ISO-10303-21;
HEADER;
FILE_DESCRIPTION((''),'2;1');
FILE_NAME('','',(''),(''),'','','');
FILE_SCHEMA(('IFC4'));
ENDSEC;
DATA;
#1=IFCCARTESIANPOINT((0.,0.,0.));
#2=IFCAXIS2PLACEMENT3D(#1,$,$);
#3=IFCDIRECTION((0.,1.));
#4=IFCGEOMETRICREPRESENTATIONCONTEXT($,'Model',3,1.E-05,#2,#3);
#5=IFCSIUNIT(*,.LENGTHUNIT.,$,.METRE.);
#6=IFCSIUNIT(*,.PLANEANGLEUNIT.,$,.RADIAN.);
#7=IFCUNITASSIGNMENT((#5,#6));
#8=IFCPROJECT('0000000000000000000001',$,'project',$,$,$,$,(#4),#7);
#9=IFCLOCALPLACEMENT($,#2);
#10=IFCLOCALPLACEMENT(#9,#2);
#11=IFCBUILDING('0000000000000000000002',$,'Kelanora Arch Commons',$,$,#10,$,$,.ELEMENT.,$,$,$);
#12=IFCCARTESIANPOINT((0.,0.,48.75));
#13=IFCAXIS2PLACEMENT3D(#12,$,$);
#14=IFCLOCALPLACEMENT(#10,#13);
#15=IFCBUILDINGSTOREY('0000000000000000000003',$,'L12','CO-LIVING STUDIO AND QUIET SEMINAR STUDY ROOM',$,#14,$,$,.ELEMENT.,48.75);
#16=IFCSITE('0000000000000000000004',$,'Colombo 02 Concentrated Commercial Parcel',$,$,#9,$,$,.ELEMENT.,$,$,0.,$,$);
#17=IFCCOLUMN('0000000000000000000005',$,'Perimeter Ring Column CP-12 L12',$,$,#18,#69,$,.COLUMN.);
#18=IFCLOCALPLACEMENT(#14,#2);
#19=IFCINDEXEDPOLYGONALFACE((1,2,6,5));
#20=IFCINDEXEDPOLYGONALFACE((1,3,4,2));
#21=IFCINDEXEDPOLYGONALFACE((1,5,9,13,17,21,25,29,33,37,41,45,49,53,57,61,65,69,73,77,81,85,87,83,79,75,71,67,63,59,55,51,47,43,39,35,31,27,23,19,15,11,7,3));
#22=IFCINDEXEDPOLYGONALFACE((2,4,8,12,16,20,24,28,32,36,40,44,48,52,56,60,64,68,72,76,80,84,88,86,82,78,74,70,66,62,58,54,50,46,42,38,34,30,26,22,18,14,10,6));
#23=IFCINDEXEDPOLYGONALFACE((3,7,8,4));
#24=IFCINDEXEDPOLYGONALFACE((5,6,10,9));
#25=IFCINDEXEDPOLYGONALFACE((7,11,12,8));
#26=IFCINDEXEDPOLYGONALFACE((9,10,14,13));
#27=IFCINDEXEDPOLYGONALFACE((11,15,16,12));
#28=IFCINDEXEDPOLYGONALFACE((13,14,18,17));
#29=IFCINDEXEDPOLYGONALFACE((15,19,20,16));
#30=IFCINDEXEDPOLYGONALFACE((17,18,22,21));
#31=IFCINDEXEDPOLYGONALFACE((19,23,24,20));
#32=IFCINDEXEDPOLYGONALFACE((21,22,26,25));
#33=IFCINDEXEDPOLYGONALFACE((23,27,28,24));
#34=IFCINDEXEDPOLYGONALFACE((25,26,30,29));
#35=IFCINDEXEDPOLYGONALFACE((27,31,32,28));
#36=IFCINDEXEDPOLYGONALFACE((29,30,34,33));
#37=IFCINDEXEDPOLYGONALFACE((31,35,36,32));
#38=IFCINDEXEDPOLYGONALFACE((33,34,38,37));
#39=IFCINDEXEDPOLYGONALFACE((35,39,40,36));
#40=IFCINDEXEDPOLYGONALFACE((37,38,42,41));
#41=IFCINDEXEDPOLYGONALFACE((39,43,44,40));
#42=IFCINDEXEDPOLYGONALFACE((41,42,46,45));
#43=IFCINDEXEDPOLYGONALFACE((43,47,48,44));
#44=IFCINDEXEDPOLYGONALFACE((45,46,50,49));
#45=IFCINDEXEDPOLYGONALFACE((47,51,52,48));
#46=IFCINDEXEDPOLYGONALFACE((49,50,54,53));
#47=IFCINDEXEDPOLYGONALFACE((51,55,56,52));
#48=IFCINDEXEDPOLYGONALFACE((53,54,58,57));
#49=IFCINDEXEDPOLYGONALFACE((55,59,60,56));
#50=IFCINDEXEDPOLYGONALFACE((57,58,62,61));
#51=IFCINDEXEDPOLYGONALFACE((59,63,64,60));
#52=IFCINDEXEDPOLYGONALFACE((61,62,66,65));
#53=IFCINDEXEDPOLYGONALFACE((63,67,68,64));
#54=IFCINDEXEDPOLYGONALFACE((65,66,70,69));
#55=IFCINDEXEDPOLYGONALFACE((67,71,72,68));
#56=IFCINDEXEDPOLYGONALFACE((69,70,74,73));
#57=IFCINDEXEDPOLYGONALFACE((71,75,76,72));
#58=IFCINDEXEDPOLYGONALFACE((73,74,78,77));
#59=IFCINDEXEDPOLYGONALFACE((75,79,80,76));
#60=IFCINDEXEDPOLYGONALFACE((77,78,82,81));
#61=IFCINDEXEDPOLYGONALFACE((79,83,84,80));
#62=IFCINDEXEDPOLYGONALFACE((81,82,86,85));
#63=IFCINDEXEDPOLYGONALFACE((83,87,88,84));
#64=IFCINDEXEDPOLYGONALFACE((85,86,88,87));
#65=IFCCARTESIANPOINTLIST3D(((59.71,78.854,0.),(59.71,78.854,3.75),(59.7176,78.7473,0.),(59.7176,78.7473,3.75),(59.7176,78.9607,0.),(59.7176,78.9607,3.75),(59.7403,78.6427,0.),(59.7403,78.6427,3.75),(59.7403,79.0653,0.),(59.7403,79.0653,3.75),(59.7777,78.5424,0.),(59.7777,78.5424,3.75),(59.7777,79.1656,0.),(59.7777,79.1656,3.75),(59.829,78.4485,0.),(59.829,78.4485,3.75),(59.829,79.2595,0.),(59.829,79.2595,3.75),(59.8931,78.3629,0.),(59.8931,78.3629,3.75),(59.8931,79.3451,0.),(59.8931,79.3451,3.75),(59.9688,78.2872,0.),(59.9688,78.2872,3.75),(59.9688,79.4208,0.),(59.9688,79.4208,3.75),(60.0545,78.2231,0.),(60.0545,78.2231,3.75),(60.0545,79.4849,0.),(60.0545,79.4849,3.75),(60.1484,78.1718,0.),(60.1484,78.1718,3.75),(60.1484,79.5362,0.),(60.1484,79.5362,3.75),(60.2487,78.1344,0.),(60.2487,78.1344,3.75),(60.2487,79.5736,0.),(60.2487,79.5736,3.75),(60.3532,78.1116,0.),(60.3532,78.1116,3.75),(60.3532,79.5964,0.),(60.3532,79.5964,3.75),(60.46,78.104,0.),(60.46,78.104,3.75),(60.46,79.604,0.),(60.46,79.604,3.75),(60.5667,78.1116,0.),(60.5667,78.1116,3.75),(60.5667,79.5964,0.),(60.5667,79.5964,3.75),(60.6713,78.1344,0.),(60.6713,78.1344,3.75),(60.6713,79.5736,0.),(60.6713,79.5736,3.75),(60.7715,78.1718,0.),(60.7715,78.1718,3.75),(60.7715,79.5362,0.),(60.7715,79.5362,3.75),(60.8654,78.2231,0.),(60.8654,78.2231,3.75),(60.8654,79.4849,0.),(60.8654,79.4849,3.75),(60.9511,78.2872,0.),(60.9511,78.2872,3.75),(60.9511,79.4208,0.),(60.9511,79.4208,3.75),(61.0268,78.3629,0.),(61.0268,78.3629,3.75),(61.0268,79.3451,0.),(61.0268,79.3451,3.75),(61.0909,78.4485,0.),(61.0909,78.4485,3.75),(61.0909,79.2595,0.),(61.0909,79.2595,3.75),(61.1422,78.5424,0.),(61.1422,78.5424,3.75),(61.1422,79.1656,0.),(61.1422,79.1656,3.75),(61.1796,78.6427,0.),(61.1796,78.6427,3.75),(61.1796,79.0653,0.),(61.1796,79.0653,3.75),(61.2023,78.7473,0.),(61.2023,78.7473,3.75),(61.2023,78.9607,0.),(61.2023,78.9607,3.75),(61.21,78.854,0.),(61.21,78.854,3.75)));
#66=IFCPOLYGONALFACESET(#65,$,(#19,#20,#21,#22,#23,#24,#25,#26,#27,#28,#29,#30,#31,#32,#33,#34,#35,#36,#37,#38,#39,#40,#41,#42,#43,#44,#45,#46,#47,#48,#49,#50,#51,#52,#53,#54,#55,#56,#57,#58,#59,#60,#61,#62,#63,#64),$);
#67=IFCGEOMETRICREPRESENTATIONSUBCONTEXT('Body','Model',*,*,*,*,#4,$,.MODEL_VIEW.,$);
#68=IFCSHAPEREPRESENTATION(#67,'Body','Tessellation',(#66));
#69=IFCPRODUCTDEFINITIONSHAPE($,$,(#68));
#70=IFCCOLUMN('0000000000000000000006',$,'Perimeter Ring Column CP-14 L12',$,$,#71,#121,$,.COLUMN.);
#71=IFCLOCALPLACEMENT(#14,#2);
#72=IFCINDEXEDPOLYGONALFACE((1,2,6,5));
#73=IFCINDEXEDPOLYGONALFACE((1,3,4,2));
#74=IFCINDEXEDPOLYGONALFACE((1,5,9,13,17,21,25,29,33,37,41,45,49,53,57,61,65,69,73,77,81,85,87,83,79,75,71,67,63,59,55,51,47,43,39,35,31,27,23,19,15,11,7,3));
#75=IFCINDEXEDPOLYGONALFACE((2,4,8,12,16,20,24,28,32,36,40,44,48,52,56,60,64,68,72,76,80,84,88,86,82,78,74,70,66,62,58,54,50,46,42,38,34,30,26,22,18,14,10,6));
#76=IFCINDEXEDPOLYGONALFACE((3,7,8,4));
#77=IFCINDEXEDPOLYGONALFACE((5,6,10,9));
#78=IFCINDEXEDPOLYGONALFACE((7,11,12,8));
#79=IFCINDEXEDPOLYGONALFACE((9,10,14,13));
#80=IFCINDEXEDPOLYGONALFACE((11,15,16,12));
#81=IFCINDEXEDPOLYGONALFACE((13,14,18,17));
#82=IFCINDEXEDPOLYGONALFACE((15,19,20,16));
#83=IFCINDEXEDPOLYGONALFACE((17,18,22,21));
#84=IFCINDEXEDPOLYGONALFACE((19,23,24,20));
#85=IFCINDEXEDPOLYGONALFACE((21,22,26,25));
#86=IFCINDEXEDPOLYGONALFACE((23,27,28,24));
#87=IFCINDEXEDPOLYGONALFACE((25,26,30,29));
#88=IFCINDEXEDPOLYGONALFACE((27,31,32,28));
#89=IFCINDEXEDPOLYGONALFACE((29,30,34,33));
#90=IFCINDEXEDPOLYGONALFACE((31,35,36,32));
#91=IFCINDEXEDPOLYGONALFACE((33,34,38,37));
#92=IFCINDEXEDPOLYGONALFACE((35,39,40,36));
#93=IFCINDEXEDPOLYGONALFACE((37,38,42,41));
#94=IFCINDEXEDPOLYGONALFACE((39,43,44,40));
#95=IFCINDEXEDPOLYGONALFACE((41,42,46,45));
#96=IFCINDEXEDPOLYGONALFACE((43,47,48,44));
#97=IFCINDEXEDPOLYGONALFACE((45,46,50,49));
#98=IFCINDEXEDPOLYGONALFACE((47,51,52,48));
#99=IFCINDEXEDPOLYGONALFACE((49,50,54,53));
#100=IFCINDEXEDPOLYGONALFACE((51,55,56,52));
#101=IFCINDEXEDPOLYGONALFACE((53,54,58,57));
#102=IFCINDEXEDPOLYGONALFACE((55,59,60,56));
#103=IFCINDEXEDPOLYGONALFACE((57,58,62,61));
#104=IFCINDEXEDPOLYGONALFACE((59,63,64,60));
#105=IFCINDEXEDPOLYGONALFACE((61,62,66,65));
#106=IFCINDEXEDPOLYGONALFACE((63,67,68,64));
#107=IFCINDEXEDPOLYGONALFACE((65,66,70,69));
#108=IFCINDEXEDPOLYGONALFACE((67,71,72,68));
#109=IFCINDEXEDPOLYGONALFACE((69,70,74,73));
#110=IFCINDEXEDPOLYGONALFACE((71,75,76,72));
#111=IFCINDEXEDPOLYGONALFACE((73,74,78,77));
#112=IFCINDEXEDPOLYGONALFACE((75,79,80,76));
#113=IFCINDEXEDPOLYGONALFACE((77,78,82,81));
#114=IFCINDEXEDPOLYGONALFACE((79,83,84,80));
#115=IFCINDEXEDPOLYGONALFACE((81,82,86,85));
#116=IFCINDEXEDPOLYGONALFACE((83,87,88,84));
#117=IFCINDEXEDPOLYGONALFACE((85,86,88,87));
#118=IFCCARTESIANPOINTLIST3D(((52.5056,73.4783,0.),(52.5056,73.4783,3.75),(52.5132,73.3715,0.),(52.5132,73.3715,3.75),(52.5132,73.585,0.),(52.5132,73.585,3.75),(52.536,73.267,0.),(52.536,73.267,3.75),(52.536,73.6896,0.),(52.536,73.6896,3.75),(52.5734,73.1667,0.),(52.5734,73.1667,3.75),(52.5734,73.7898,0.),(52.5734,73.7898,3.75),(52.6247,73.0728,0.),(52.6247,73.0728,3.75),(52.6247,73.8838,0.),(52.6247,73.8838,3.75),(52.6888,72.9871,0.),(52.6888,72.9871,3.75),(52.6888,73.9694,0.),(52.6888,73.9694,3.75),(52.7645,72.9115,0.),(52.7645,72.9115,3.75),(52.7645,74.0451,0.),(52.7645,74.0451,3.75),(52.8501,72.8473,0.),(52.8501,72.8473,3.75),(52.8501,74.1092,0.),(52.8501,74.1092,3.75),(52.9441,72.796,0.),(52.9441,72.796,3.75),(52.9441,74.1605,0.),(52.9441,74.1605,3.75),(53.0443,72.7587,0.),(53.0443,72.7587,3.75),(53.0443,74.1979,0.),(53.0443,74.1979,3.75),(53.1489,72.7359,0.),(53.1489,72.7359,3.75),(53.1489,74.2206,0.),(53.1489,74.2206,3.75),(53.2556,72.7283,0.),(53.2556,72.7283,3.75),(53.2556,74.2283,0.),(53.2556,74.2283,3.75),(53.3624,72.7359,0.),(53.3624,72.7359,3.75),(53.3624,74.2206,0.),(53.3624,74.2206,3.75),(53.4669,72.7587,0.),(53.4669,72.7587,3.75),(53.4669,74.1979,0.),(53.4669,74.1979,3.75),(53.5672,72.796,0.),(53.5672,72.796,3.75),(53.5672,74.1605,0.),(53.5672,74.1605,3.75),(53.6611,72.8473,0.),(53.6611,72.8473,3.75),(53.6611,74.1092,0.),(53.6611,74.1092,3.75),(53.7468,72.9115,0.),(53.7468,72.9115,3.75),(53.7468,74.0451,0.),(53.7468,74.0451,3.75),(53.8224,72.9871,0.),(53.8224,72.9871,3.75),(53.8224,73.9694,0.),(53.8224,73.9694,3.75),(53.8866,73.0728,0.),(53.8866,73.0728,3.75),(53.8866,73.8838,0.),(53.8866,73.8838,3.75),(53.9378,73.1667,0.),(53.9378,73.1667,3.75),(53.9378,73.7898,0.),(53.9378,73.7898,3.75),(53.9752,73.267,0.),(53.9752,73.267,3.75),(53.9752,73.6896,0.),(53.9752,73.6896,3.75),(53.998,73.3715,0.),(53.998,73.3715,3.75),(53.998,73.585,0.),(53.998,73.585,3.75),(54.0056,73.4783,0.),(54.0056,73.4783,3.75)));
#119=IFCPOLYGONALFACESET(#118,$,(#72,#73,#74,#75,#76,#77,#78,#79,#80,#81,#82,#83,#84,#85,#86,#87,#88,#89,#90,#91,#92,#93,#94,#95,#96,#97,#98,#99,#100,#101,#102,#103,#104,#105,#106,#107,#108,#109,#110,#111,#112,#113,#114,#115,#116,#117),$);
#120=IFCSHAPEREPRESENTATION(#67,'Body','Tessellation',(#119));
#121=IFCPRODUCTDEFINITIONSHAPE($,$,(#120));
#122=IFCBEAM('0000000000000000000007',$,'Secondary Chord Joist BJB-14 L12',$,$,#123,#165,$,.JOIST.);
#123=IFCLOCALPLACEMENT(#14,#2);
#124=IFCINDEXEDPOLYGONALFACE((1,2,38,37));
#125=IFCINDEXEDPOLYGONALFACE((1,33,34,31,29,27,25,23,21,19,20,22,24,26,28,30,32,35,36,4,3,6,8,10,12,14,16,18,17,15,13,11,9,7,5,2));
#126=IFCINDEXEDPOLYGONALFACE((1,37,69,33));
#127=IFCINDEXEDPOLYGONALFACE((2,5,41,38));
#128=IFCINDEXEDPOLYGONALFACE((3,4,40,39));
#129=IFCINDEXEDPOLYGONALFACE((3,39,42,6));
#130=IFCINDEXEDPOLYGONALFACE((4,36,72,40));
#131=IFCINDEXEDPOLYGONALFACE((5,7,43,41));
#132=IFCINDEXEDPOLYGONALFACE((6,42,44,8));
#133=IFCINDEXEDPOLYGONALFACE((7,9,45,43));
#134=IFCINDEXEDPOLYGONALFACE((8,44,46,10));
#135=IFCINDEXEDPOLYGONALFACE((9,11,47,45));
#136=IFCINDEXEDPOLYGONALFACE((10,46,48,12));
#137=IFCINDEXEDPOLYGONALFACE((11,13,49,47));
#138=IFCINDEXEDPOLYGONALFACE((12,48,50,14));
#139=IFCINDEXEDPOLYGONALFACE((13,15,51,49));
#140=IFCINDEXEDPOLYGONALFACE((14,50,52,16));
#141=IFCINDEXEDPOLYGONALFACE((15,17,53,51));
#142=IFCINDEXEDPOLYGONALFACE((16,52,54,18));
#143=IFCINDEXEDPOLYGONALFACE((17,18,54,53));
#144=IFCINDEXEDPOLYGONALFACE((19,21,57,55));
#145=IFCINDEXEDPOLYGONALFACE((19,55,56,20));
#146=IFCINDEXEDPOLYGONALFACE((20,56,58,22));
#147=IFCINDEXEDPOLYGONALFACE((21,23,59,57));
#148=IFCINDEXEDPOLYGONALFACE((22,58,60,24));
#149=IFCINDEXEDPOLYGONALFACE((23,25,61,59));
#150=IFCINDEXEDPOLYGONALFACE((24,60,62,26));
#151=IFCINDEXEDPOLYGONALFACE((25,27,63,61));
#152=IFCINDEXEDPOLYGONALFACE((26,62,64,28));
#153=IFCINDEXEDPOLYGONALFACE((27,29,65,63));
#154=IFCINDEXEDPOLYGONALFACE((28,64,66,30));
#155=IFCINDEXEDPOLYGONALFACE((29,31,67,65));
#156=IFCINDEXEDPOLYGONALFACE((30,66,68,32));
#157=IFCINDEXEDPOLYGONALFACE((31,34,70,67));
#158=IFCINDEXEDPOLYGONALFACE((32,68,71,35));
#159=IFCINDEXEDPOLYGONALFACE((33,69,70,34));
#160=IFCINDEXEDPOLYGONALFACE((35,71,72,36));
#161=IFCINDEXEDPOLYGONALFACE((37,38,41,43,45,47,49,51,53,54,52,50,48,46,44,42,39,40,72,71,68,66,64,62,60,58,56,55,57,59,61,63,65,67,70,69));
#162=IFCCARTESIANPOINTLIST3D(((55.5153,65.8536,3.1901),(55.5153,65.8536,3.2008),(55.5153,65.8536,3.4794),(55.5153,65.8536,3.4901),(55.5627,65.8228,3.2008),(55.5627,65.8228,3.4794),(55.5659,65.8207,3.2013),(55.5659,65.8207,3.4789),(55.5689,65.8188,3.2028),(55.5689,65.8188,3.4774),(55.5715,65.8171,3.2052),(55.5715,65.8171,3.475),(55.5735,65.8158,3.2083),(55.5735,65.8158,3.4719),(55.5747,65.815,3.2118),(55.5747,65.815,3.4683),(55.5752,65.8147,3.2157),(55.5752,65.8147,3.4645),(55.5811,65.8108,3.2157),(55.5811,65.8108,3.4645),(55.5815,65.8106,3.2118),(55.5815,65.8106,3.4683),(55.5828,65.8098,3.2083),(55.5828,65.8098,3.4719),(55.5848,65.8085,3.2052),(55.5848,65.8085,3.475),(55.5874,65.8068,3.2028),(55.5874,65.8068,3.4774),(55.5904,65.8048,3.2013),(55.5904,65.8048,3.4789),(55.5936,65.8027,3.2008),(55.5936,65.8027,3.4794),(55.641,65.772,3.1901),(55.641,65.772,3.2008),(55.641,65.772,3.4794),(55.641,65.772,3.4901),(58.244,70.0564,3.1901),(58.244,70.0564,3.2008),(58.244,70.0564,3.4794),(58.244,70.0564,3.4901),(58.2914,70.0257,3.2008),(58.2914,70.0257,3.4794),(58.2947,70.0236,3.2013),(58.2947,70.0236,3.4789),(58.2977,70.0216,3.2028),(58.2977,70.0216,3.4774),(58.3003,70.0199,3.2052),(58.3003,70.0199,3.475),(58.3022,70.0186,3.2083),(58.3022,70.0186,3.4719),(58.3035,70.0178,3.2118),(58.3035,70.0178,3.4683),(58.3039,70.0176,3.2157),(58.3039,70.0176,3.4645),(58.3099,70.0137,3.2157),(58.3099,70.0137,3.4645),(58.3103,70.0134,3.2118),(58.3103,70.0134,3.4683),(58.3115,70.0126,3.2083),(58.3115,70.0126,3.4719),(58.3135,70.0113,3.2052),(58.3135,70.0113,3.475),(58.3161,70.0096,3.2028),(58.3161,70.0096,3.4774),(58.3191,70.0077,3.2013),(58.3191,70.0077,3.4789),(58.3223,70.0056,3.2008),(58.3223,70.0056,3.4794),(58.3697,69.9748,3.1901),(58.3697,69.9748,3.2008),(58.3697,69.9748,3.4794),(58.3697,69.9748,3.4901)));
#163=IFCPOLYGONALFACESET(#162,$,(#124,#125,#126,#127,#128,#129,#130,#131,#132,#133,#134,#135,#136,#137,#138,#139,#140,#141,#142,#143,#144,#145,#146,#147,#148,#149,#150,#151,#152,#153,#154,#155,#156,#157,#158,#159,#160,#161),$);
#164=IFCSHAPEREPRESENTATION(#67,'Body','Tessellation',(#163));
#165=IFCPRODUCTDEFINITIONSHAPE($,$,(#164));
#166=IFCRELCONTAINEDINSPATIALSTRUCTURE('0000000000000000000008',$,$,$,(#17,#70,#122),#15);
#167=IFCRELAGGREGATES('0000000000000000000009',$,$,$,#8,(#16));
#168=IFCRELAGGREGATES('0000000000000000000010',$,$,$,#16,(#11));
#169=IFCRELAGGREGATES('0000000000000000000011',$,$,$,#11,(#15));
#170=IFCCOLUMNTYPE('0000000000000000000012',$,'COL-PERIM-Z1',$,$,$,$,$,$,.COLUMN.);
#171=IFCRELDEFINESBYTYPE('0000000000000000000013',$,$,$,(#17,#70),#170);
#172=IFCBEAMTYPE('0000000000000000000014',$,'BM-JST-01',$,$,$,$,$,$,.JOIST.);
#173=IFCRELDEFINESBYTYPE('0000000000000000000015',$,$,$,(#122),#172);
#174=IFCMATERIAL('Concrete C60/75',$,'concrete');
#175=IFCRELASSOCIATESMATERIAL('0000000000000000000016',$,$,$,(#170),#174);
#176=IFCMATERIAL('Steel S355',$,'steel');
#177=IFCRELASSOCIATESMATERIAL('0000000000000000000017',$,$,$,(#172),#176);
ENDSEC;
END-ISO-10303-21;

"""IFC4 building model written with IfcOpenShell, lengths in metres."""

from ifc_helpers import new_model, si_unit, direction, frame, origin, origin_2d, place, context, subcontext, project, spatial, circle, i_section, extrude, material, material_profile, profile_set, type_object, element, save


model = new_model("IFC4")

# Units and contexts
model_context = context("Model", 3, precision=1e-05, world=origin(), true_north=direction((0.0, 1.0)))
body_context = subcontext(model_context, "Body", "Model", "MODEL_VIEW")
ifc_project = project(units=[si_unit("LENGTHUNIT", "METRE"), si_unit("PLANEANGLEUNIT", "RADIAN")], contexts=[model_context])

# Site, building, storey
site_placement = place(None, origin())
site = spatial("IfcSite", under=ifc_project, at=site_placement, Name="Colombo 02 Concentrated Commercial Parcel", CompositionType="ELEMENT", RefElevation=0.0)
building_placement = place(site_placement, origin())
building = spatial("IfcBuilding", under=site, at=building_placement, Name="Kelanora Arch Commons", CompositionType="ELEMENT")
storey_placement = place(building_placement, frame((0.0, 0.0, 48.75)))
storey = spatial("IfcBuildingStorey", under=building, at=storey_placement, Name="L12", Description="CO-LIVING STUDIO AND QUIET SEMINAR STUDY ROOM", CompositionType="ELEMENT", Elevation=48.75)

# Columns
ifc_material_1 = material(Name="Concrete C60/75", Category="concrete")
ifc_material_profile_1 = material_profile(ifc_material_1, circle(Radius=0.75, at=origin_2d()), Name="RCC1500")
ifc_profile_set_1 = profile_set([ifc_material_profile_1], Name="Concrete C60/75")
column_type = type_object("IfcColumnType", Name="COL-PERIM-Z1", PredefinedType="COLUMN", material=ifc_profile_set_1)
for number, where, z_axis, x_axis, name in (
    (1, (60.46, 78.854, 0.0), (0.0, 0.0, 1.0), (1.0, 0.0, 0.0), "Perimeter Ring Column CP-12 L12"),
    (2, (53.2556, 73.4783, 0.0), (0.0, 0.0, 1.0), (1.0, 0.0, 0.0), "Perimeter Ring Column CP-14 L12"),
):
    element("IfcColumn", number, at=place(storey_placement, frame(where, z_axis=z_axis, x_axis=x_axis)), inside=storey, type_object=column_type, Name=name, PredefinedType="COLUMN", context=body_context, shape_type="SweptSolid", body=[
        extrude(circle(Radius=0.75, at=origin_2d()), origin(), (0.0, 0.0, 1.0), 3.75),
    ])

# Beam
ifc_material_2 = material(Name="Steel S355", Category="steel")
ifc_material_profile_2 = material_profile(ifc_material_2, i_section(OverallWidth=0.1499, OverallDepth=0.3, WebThickness=0.0071, FlangeThickness=0.0107, FilletRadius=0.0149, at=origin_2d()), Name="IPE300")
ifc_profile_set_2 = profile_set([ifc_material_profile_2], Name="Steel S355")
beam_type_1 = type_object("IfcBeamType", Name="BM-JST-01", PredefinedType="JOIST", material=ifc_profile_set_2)
beam_1_placement = place(storey_placement, frame((58.3069, 70.0156, 3.3401), z_axis=(-0.544552, -0.838727, 0.0), x_axis=(0.838727, -0.544552, 0.0)))
element("IfcBeam", 3, at=beam_1_placement, inside=storey, type_object=beam_type_1, Name="Secondary Chord Joist BJB-14 L12", PredefinedType="JOIST", context=body_context, shape_type="SweptSolid", body=[
    extrude(i_section(OverallWidth=0.1499, OverallDepth=0.3, WebThickness=0.0071, FlangeThickness=0.0107, FilletRadius=0.0149, at=origin_2d()), origin(), (0.0, 0.0, 1.0), 5.011),
])

save(model, "model.ifc")
